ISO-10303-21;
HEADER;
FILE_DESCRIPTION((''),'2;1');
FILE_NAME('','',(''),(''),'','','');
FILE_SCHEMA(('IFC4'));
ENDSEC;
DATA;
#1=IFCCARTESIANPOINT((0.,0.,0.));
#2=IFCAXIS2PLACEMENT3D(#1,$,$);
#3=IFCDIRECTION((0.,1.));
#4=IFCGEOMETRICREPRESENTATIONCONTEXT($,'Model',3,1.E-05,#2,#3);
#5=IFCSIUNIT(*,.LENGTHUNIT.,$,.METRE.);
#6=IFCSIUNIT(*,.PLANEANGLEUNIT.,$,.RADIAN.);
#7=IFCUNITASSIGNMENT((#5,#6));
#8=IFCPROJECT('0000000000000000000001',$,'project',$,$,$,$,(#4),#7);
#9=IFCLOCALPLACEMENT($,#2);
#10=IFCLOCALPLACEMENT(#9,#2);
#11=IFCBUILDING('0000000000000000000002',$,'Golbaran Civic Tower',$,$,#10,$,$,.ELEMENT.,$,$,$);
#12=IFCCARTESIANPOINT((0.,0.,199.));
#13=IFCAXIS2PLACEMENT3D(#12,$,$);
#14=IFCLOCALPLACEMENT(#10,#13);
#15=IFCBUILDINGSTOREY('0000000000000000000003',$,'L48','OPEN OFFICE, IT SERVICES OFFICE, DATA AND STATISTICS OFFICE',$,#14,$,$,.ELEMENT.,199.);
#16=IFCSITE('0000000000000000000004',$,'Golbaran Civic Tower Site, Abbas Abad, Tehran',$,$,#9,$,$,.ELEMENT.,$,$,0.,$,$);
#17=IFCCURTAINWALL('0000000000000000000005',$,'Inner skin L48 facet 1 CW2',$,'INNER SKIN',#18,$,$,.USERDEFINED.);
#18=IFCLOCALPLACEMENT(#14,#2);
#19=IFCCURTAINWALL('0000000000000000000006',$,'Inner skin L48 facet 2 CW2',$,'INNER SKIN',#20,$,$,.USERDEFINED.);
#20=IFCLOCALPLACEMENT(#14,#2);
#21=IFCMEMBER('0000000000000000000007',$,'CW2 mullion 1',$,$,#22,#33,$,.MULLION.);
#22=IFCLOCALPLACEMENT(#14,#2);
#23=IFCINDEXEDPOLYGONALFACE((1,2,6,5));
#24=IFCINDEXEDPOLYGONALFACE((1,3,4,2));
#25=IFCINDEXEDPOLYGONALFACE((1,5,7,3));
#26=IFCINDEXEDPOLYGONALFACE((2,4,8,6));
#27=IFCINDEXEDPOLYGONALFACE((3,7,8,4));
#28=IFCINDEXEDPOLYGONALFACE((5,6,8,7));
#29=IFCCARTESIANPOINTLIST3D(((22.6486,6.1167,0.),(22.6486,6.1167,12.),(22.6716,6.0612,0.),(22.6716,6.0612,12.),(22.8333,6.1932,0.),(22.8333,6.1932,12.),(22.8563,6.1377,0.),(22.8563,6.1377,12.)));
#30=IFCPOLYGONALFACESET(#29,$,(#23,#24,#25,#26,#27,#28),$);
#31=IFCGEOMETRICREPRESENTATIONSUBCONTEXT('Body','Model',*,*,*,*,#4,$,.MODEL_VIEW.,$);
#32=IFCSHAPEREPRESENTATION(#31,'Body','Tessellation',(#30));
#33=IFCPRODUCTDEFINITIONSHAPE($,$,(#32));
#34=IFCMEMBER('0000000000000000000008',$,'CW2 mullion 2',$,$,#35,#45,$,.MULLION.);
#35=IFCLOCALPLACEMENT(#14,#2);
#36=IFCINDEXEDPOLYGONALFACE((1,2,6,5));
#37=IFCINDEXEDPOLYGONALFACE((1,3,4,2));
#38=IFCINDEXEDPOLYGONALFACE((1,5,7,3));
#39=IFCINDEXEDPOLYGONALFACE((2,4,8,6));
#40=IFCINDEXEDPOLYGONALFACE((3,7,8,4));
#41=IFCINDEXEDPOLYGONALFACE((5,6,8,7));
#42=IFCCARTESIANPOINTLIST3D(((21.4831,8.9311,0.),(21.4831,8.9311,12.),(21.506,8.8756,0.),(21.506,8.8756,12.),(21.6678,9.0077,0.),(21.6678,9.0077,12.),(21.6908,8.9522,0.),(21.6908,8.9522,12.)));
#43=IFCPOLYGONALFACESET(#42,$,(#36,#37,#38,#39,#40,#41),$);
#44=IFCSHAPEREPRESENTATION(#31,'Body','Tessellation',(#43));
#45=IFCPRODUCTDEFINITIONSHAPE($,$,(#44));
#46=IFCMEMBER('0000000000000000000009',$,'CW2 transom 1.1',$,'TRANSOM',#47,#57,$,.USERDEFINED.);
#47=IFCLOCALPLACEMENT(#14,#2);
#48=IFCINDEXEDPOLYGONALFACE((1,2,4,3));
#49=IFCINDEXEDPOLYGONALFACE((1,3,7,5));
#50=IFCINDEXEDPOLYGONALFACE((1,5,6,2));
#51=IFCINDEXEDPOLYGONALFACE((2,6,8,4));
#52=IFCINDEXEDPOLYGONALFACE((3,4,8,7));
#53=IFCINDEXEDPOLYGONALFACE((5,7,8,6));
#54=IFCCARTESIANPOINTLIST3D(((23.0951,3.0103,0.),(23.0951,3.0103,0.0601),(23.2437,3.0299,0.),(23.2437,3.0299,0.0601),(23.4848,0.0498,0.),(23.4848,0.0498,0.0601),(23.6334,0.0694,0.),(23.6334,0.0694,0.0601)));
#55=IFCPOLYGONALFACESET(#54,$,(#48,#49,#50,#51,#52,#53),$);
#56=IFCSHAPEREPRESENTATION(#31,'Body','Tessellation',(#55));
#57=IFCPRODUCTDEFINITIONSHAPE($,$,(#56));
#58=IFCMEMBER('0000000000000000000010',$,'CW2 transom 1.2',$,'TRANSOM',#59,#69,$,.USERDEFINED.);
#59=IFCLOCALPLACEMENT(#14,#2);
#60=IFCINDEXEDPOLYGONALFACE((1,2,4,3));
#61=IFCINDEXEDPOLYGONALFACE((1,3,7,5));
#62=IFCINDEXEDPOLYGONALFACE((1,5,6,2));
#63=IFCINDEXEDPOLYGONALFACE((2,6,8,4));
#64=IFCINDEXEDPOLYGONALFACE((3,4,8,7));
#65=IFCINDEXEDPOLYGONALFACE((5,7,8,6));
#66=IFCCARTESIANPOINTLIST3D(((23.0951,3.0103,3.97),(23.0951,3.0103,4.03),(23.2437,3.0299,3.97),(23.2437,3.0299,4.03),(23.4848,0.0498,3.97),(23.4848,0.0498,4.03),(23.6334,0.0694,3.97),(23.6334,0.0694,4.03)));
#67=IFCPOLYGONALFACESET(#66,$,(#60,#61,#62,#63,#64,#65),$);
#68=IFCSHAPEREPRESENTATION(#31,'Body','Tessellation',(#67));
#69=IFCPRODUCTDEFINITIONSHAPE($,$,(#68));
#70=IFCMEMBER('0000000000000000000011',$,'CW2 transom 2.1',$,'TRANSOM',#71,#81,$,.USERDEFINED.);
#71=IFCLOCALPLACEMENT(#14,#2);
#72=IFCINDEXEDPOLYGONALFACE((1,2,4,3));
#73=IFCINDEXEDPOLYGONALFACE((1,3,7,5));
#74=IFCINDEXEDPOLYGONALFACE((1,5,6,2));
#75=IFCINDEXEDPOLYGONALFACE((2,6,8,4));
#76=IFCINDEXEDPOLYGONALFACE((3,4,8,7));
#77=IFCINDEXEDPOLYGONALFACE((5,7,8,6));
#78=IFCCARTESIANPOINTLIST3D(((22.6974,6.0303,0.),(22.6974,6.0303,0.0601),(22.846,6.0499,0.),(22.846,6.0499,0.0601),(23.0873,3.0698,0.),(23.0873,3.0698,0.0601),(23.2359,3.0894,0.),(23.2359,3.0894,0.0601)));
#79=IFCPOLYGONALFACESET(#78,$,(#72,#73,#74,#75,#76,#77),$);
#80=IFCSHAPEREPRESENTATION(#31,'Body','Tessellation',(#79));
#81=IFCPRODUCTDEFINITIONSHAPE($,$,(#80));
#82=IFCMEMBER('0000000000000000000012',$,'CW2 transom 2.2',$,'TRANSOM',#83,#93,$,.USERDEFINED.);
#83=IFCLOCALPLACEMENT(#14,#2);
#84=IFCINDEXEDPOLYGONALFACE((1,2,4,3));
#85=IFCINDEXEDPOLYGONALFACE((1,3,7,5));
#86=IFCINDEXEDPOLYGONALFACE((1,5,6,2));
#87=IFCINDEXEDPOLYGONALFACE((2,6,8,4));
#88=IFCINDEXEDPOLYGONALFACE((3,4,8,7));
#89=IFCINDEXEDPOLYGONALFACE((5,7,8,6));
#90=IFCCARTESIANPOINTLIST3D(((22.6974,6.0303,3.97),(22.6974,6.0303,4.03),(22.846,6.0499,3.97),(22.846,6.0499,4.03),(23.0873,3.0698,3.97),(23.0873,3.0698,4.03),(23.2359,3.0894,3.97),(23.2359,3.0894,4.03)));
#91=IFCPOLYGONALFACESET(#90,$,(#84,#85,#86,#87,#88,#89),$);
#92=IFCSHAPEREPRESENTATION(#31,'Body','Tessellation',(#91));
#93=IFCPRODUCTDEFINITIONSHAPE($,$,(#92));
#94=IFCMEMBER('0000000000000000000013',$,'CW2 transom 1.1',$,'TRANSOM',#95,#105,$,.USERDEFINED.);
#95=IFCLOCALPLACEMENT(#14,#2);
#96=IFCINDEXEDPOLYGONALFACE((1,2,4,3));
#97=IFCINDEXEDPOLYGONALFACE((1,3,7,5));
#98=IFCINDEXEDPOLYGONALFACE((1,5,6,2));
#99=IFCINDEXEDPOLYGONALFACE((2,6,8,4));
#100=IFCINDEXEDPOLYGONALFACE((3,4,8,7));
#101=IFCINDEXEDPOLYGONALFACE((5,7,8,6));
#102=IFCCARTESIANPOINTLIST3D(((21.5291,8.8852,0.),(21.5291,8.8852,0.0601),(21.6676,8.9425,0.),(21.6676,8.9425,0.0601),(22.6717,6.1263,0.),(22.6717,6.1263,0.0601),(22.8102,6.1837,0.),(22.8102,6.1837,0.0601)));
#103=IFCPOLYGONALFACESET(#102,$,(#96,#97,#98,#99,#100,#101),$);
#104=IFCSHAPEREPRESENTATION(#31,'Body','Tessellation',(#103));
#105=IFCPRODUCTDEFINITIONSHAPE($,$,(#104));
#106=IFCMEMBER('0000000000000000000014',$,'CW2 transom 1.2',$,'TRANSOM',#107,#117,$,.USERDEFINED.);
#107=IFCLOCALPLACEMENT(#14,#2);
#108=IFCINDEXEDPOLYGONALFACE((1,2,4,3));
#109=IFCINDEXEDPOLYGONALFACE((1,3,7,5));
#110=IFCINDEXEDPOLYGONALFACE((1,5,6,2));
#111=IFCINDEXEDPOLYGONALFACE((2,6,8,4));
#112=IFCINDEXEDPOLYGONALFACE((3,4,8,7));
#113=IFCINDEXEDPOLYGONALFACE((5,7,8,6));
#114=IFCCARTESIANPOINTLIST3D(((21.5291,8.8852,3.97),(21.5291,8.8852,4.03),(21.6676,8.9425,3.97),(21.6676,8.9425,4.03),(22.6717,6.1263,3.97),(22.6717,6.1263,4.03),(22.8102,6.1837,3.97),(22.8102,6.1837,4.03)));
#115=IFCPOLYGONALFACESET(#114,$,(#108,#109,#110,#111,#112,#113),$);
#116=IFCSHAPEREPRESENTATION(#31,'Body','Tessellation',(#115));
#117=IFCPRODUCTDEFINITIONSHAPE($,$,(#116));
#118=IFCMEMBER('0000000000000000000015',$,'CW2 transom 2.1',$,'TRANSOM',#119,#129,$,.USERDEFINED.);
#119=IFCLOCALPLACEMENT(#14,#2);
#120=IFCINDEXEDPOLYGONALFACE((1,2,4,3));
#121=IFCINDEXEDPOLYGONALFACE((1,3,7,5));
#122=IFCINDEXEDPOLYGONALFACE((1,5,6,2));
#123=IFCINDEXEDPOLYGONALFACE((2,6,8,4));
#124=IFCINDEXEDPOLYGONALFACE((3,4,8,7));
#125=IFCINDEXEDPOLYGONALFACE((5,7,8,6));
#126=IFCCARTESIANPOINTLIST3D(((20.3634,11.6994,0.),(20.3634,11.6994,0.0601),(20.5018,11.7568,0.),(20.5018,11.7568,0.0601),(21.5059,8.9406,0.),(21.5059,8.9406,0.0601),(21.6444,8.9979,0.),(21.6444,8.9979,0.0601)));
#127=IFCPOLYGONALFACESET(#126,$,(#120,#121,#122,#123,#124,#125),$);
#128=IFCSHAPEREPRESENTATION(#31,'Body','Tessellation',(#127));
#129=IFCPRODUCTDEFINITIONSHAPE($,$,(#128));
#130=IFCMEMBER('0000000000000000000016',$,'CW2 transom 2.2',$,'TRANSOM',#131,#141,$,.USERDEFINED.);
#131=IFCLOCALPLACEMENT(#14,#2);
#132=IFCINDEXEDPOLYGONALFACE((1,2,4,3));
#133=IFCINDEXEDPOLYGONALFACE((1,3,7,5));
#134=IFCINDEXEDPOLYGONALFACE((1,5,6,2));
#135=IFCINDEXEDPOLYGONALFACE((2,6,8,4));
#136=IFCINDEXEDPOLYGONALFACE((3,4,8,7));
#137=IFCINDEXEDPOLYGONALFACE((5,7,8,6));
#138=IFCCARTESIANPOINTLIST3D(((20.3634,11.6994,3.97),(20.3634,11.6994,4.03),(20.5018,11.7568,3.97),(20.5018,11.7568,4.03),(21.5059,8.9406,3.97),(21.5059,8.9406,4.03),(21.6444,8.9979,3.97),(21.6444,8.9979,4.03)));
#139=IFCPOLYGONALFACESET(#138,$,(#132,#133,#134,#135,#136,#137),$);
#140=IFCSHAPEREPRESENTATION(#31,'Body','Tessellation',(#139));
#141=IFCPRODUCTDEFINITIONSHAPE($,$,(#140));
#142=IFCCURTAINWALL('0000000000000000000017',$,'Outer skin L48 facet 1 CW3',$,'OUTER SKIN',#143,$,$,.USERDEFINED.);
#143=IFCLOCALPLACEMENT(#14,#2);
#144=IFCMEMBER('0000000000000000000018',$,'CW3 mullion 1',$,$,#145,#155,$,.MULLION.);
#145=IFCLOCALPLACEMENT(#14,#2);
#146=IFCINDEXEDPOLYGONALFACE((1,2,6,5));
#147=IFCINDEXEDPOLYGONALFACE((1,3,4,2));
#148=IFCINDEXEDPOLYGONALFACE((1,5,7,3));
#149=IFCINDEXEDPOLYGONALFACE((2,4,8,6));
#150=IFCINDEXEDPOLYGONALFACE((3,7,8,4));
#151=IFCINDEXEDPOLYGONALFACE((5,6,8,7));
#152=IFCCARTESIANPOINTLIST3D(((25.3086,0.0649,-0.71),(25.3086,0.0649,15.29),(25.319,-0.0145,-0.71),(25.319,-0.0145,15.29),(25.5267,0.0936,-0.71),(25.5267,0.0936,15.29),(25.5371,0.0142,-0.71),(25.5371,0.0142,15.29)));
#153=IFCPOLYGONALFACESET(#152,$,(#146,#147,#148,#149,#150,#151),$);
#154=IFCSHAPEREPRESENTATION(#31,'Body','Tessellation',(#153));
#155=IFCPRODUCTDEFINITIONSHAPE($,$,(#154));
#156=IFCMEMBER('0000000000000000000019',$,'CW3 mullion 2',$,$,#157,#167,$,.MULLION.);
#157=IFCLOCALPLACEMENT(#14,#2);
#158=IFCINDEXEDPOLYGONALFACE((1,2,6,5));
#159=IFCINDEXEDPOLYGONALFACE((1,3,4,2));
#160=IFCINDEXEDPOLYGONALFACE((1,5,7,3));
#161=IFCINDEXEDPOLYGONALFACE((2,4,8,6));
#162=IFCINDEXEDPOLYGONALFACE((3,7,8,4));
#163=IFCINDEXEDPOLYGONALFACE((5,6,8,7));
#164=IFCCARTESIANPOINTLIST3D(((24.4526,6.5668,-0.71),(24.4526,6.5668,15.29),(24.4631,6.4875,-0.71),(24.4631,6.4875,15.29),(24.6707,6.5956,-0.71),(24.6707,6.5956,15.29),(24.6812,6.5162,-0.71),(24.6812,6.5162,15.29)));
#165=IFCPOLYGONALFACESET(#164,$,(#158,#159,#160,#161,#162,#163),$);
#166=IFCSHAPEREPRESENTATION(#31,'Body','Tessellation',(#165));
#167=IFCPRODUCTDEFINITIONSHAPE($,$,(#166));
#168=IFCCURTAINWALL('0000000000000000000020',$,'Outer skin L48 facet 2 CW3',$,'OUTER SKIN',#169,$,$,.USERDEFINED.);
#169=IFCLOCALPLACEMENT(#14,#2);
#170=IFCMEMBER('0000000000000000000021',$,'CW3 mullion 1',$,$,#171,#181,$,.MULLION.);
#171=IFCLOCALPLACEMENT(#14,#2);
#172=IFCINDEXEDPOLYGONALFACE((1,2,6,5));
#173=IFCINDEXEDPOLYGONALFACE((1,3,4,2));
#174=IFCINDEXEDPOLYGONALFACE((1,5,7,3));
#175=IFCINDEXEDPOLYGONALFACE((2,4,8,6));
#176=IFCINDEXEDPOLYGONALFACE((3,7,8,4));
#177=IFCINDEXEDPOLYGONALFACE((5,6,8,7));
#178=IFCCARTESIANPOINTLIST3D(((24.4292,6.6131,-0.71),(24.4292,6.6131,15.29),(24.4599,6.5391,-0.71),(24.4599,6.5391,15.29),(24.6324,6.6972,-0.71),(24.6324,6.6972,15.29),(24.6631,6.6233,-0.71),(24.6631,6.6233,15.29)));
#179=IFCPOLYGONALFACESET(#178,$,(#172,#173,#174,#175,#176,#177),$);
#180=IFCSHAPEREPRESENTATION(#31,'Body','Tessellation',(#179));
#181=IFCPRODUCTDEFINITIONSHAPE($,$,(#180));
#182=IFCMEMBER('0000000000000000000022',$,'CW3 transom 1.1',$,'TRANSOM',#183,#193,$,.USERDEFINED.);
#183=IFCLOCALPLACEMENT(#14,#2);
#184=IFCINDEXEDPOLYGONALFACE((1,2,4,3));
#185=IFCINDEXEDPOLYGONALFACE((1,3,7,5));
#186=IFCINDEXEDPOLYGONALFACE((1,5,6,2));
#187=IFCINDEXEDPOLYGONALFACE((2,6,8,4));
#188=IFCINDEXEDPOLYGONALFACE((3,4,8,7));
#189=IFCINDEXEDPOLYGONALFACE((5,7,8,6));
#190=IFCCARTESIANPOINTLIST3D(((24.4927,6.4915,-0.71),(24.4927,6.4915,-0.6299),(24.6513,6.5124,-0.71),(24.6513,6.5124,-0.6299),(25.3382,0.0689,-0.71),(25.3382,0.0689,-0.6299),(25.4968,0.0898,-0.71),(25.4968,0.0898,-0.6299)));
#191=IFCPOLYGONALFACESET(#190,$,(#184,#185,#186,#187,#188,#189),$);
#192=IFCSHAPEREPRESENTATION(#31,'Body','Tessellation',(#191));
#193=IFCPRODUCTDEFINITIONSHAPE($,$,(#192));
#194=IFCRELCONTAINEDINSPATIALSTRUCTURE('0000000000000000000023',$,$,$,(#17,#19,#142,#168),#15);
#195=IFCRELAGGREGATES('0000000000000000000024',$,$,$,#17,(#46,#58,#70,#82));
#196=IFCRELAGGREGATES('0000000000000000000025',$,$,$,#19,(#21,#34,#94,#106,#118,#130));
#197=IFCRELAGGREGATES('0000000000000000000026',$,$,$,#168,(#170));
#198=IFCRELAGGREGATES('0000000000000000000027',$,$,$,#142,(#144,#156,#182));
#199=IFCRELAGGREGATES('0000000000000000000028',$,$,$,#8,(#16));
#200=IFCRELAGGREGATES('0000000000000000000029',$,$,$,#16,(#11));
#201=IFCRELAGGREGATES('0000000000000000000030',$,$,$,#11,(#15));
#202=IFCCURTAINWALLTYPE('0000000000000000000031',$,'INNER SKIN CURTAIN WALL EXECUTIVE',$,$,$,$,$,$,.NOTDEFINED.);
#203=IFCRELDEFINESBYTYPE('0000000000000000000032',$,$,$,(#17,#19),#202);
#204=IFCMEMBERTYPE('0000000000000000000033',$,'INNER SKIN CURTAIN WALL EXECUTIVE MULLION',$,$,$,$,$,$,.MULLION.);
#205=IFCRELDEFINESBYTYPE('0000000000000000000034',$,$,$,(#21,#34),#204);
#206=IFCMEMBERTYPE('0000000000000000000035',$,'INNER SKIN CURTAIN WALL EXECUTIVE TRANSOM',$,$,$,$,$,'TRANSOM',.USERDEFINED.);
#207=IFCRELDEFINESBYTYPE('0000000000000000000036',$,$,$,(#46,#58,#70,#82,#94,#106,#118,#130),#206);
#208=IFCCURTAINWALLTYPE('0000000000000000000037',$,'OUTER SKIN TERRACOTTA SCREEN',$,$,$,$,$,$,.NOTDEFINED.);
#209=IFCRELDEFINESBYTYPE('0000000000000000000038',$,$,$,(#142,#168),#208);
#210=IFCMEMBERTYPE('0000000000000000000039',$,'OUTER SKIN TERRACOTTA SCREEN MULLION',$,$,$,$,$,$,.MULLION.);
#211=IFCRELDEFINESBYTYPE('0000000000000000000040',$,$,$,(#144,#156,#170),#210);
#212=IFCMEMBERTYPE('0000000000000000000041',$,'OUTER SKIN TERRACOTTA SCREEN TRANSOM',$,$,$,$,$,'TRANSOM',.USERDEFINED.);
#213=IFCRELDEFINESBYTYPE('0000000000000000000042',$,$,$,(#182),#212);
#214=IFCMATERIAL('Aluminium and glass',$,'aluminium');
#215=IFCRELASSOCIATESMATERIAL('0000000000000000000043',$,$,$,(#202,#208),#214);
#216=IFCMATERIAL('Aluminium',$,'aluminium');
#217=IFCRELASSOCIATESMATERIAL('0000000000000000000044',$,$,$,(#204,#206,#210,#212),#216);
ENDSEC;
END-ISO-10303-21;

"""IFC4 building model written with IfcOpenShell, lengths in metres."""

from ifc_helpers import new_model, si_unit, direction, frame, origin, origin_2d, place, context, subcontext, project, spatial, rectangle, extrude, material, material_profile, profile_set, type_object, element, aggregate, save


model = new_model("IFC4")

# Units and contexts
model_context = context("Model", 3, precision=1e-05, world=origin(), true_north=direction((0.0, 1.0)))
body_context = subcontext(model_context, "Body", "Model", "MODEL_VIEW")
ifc_project = project(units=[si_unit("LENGTHUNIT", "METRE"), si_unit("PLANEANGLEUNIT", "RADIAN")], contexts=[model_context])

# Site, building, storey
site_placement = place(None, origin())
site = spatial("IfcSite", under=ifc_project, at=site_placement, Name="Golbaran Civic Tower Site, Abbas Abad, Tehran", CompositionType="ELEMENT", RefElevation=0.0)
building_placement = place(site_placement, origin())
building = spatial("IfcBuilding", under=site, at=building_placement, Name="Golbaran Civic Tower", CompositionType="ELEMENT")
storey_placement = place(building_placement, frame((0.0, 0.0, 199.0)))
storey = spatial("IfcBuildingStorey", under=building, at=storey_placement, Name="L48", Description="OPEN OFFICE, IT SERVICES OFFICE, DATA AND STATISTICS OFFICE", CompositionType="ELEMENT", Elevation=199.0)

# Curtain walls, members
ifc_material_1 = material(Name="Aluminium and glass", Category="aluminium")
curtain_wall_type_1 = type_object("IfcCurtainWallType", Name="INNER SKIN CURTAIN WALL EXECUTIVE", PredefinedType="NOTDEFINED", material=ifc_material_1)
curtain_wall_1_placement = place(storey_placement, origin())
curtain_wall_1 = element("IfcCurtainWall", 1, at=curtain_wall_1_placement, inside=storey, type_object=curtain_wall_type_1, Name="Inner skin L48 facet 1 CW2", ObjectType="INNER SKIN", PredefinedType="USERDEFINED")
ifc_material_2 = material(Name="Aluminium", Category="aluminium")
ifc_material_profile_1 = material_profile(ifc_material_2, rectangle(XDim=0.2, YDim=0.0601, at=origin_2d()), Name="INNER SKIN CURTAIN WALL EXECUTIVE MULLION")
ifc_profile_set_1 = profile_set([ifc_material_profile_1], Name="Aluminium")
member_type_1 = type_object("IfcMemberType", Name="INNER SKIN CURTAIN WALL EXECUTIVE MULLION", PredefinedType="MULLION", material=ifc_profile_set_1)
curtain_wall_2_placement = place(storey_placement, origin())
curtain_wall_2 = element("IfcCurtainWall", 2, at=curtain_wall_2_placement, inside=storey, type_object=curtain_wall_type_1, Name="Inner skin L48 facet 2 CW2", ObjectType="INNER SKIN", PredefinedType="USERDEFINED")
member_1_placement = place(storey_placement, frame((22.7524, 6.1272, 0.0), z_axis=(0.0, 0.0, 1.0), x_axis=(-0.92388, -0.382683, 0.0)))
member_1 = element("IfcMember", 3, at=member_1_placement, type_object=member_type_1, Name="CW2 mullion 1", PredefinedType="MULLION", context=body_context, shape_type="SweptSolid", body=[
    extrude(rectangle(XDim=0.2, YDim=0.0601, at=origin_2d()), origin(), (0.0, 0.0, 1.0), 12.0),
])
member_2_placement = place(storey_placement, frame((21.5869, 8.9417, 0.0), z_axis=(0.0, 0.0, 1.0), x_axis=(-0.92388, -0.382683, 0.0)))
member_2 = element("IfcMember", 4, at=member_2_placement, type_object=member_type_1, Name="CW2 mullion 2", PredefinedType="MULLION", context=body_context, shape_type="SweptSolid", body=[
    extrude(rectangle(XDim=0.2, YDim=0.0601, at=origin_2d()), origin(), (0.0, 0.0, 1.0), 12.0),
])

# Members
ifc_material_profile_2 = material_profile(ifc_material_2, rectangle(XDim=0.1499, YDim=0.0601, at=origin_2d()), Name="INNER SKIN CURTAIN WALL EXECUTIVE TRANSOM")
ifc_profile_set_2 = profile_set([ifc_material_profile_2], Name="Aluminium")
member_type_2 = type_object("IfcMemberType", Name="INNER SKIN CURTAIN WALL EXECUTIVE TRANSOM", ElementType="TRANSOM", PredefinedType="USERDEFINED", material=ifc_profile_set_2)
member_3_placement = place(storey_placement, frame((23.5591, 0.0596, 0.03), z_axis=(-0.130493, 0.991449, 0.0), x_axis=(-0.991449, -0.130493, 0.0)))
member_3 = element("IfcMember", 5, at=member_3_placement, type_object=member_type_2, Name="CW2 transom 1.1", ObjectType="TRANSOM", PredefinedType="USERDEFINED", context=body_context, shape_type="SweptSolid", body=[
    extrude(rectangle(XDim=0.1499, YDim=0.0601, at=origin_2d()), origin(), (0.0, 0.0, 1.0), 2.9861),
])
member_4_placement = place(storey_placement, frame((23.5591, 0.0596, 4.0), z_axis=(-0.130493, 0.991449, 0.0), x_axis=(-0.991449, -0.130493, 0.0)))
member_4 = element("IfcMember", 6, at=member_4_placement, type_object=member_type_2, Name="CW2 transom 1.2", ObjectType="TRANSOM", PredefinedType="USERDEFINED", context=body_context, shape_type="SweptSolid", body=[
    extrude(rectangle(XDim=0.1499, YDim=0.0601, at=origin_2d()), origin(), (0.0, 0.0, 1.0), 2.9861),
])
member_5_placement = place(storey_placement, frame((23.1616, 3.0796, 0.03), z_axis=(-0.130573, 0.991439, 0.0), x_axis=(-0.991439, -0.130573, 0.0)))
member_5 = element("IfcMember", 7, at=member_5_placement, type_object=member_type_2, Name="CW2 transom 2.1", ObjectType="TRANSOM", PredefinedType="USERDEFINED", context=body_context, shape_type="SweptSolid", body=[
    extrude(rectangle(XDim=0.1499, YDim=0.0601, at=origin_2d()), origin(), (0.0, 0.0, 1.0), 2.9861),
])
member_6_placement = place(storey_placement, frame((23.1616, 3.0796, 4.0), z_axis=(-0.130573, 0.991439, 0.0), x_axis=(-0.991439, -0.130573, 0.0)))
member_6 = element("IfcMember", 8, at=member_6_placement, type_object=member_type_2, Name="CW2 transom 2.2", ObjectType="TRANSOM", PredefinedType="USERDEFINED", context=body_context, shape_type="SweptSolid", body=[
    extrude(rectangle(XDim=0.1499, YDim=0.0601, at=origin_2d()), origin(), (0.0, 0.0, 1.0), 2.9861),
])
member_7_placement = place(storey_placement, frame((22.741, 6.155, 0.03), z_axis=(-0.382641, 0.923897, 0.0), x_axis=(-0.923897, -0.382641, 0.0)))
member_7 = element("IfcMember", 9, at=member_7_placement, type_object=member_type_2, Name="CW2 transom 1.1", ObjectType="TRANSOM", PredefinedType="USERDEFINED", context=body_context, shape_type="SweptSolid", body=[
    extrude(rectangle(XDim=0.1499, YDim=0.0601, at=origin_2d()), origin(), (0.0, 0.0, 1.0), 2.9861),
])
member_8_placement = place(storey_placement, frame((22.741, 6.155, 4.0), z_axis=(-0.382641, 0.923897, 0.0), x_axis=(-0.923897, -0.382641, 0.0)))
member_8 = element("IfcMember", 10, at=member_8_placement, type_object=member_type_2, Name="CW2 transom 1.2", ObjectType="TRANSOM", PredefinedType="USERDEFINED", context=body_context, shape_type="SweptSolid", body=[
    extrude(rectangle(XDim=0.1499, YDim=0.0601, at=origin_2d()), origin(), (0.0, 0.0, 1.0), 2.9861),
])
member_9_placement = place(storey_placement, frame((21.5752, 8.9692, 0.03), z_axis=(-0.382641, 0.923897, 0.0), x_axis=(-0.923897, -0.382641, 0.0)))
member_9 = element("IfcMember", 11, at=member_9_placement, type_object=member_type_2, Name="CW2 transom 2.1", ObjectType="TRANSOM", PredefinedType="USERDEFINED", context=body_context, shape_type="SweptSolid", body=[
    extrude(rectangle(XDim=0.1499, YDim=0.0601, at=origin_2d()), origin(), (0.0, 0.0, 1.0), 2.9861),
])
member_10_placement = place(storey_placement, frame((21.5752, 8.9692, 4.0), z_axis=(-0.382641, 0.923897, 0.0), x_axis=(-0.923897, -0.382641, 0.0)))
member_10 = element("IfcMember", 12, at=member_10_placement, type_object=member_type_2, Name="CW2 transom 2.2", ObjectType="TRANSOM", PredefinedType="USERDEFINED", context=body_context, shape_type="SweptSolid", body=[
    extrude(rectangle(XDim=0.1499, YDim=0.0601, at=origin_2d()), origin(), (0.0, 0.0, 1.0), 2.9861),
])

# Curtain wall, members
curtain_wall_type_2 = type_object("IfcCurtainWallType", Name="OUTER SKIN TERRACOTTA SCREEN", PredefinedType="NOTDEFINED", material=ifc_material_1)
curtain_wall_3_placement = place(storey_placement, origin())
curtain_wall_3 = element("IfcCurtainWall", 13, at=curtain_wall_3_placement, inside=storey, type_object=curtain_wall_type_2, Name="Outer skin L48 facet 1 CW3", ObjectType="OUTER SKIN", PredefinedType="USERDEFINED")
ifc_material_profile_3 = material_profile(ifc_material_2, rectangle(XDim=0.22, YDim=0.0801, at=origin_2d()), Name="OUTER SKIN TERRACOTTA SCREEN MULLION")
ifc_profile_set_3 = profile_set([ifc_material_profile_3], Name="Aluminium")
member_type_3 = type_object("IfcMemberType", Name="OUTER SKIN TERRACOTTA SCREEN MULLION", PredefinedType="MULLION", material=ifc_profile_set_3)
member_11_placement = place(storey_placement, frame((25.4229, 0.0396, -0.71), z_axis=(0.0, 0.0, 1.0), x_axis=(-0.991445, -0.130526, 0.0)))
member_11 = element("IfcMember", 14, at=member_11_placement, type_object=member_type_3, Name="CW3 mullion 1", PredefinedType="MULLION", context=body_context, shape_type="SweptSolid", body=[
    extrude(rectangle(XDim=0.22, YDim=0.0801, at=origin_2d()), origin(), (0.0, 0.0, 1.0), 16.0),
])
member_12_placement = place(storey_placement, frame((24.5669, 6.5415, -0.71), z_axis=(0.0, 0.0, 1.0), x_axis=(-0.991445, -0.130526, 0.0)))
member_12 = element("IfcMember", 15, at=member_12_placement, type_object=member_type_3, Name="CW3 mullion 2", PredefinedType="MULLION", context=body_context, shape_type="SweptSolid", body=[
    extrude(rectangle(XDim=0.22, YDim=0.0801, at=origin_2d()), origin(), (0.0, 0.0, 1.0), 16.0),
])

# Curtain wall, member
curtain_wall_4_placement = place(storey_placement, origin())
curtain_wall_4 = element("IfcCurtainWall", 16, at=curtain_wall_4_placement, inside=storey, type_object=curtain_wall_type_2, Name="Outer skin L48 facet 2 CW3", ObjectType="OUTER SKIN", PredefinedType="USERDEFINED")
member_13_placement = place(storey_placement, frame((24.5461, 6.6182, -0.71), z_axis=(0.0, 0.0, 1.0), x_axis=(-0.92388, -0.382683, 0.0)))
member_13 = element("IfcMember", 17, at=member_13_placement, type_object=member_type_3, Name="CW3 mullion 1", PredefinedType="MULLION", context=body_context, shape_type="SweptSolid", body=[
    extrude(rectangle(XDim=0.22, YDim=0.0801, at=origin_2d()), origin(), (0.0, 0.0, 1.0), 16.0),
])

# Member
ifc_material_profile_4 = material_profile(ifc_material_2, rectangle(XDim=0.1599, YDim=0.0801, at=origin_2d()), Name="OUTER SKIN TERRACOTTA SCREEN TRANSOM")
ifc_profile_set_4 = profile_set([ifc_material_profile_4], Name="Aluminium")
member_type_4 = type_object("IfcMemberType", Name="OUTER SKIN TERRACOTTA SCREEN TRANSOM", ElementType="TRANSOM", PredefinedType="USERDEFINED", material=ifc_profile_set_4)
member_14_placement = place(storey_placement, frame((25.4175, 0.0793, -0.6699), z_axis=(-0.130512, 0.991447, 0.0), x_axis=(-0.991447, -0.130512, 0.0)))
member_14 = element("IfcMember", 18, at=member_14_placement, type_object=member_type_4, Name="CW3 transom 1.1", ObjectType="TRANSOM", PredefinedType="USERDEFINED", context=body_context, shape_type="SweptSolid", body=[
    extrude(rectangle(XDim=0.1599, YDim=0.0801, at=origin_2d()), origin(), (0.0, 0.0, 1.0), 6.478),
])

aggregate(curtain_wall_1, [member_3, member_4, member_5, member_6])
aggregate(curtain_wall_2, [member_1, member_2, member_7, member_8, member_9, member_10])
aggregate(curtain_wall_4, [member_13])
aggregate(curtain_wall_3, [member_11, member_12, member_14])

save(model, "model.ifc")
